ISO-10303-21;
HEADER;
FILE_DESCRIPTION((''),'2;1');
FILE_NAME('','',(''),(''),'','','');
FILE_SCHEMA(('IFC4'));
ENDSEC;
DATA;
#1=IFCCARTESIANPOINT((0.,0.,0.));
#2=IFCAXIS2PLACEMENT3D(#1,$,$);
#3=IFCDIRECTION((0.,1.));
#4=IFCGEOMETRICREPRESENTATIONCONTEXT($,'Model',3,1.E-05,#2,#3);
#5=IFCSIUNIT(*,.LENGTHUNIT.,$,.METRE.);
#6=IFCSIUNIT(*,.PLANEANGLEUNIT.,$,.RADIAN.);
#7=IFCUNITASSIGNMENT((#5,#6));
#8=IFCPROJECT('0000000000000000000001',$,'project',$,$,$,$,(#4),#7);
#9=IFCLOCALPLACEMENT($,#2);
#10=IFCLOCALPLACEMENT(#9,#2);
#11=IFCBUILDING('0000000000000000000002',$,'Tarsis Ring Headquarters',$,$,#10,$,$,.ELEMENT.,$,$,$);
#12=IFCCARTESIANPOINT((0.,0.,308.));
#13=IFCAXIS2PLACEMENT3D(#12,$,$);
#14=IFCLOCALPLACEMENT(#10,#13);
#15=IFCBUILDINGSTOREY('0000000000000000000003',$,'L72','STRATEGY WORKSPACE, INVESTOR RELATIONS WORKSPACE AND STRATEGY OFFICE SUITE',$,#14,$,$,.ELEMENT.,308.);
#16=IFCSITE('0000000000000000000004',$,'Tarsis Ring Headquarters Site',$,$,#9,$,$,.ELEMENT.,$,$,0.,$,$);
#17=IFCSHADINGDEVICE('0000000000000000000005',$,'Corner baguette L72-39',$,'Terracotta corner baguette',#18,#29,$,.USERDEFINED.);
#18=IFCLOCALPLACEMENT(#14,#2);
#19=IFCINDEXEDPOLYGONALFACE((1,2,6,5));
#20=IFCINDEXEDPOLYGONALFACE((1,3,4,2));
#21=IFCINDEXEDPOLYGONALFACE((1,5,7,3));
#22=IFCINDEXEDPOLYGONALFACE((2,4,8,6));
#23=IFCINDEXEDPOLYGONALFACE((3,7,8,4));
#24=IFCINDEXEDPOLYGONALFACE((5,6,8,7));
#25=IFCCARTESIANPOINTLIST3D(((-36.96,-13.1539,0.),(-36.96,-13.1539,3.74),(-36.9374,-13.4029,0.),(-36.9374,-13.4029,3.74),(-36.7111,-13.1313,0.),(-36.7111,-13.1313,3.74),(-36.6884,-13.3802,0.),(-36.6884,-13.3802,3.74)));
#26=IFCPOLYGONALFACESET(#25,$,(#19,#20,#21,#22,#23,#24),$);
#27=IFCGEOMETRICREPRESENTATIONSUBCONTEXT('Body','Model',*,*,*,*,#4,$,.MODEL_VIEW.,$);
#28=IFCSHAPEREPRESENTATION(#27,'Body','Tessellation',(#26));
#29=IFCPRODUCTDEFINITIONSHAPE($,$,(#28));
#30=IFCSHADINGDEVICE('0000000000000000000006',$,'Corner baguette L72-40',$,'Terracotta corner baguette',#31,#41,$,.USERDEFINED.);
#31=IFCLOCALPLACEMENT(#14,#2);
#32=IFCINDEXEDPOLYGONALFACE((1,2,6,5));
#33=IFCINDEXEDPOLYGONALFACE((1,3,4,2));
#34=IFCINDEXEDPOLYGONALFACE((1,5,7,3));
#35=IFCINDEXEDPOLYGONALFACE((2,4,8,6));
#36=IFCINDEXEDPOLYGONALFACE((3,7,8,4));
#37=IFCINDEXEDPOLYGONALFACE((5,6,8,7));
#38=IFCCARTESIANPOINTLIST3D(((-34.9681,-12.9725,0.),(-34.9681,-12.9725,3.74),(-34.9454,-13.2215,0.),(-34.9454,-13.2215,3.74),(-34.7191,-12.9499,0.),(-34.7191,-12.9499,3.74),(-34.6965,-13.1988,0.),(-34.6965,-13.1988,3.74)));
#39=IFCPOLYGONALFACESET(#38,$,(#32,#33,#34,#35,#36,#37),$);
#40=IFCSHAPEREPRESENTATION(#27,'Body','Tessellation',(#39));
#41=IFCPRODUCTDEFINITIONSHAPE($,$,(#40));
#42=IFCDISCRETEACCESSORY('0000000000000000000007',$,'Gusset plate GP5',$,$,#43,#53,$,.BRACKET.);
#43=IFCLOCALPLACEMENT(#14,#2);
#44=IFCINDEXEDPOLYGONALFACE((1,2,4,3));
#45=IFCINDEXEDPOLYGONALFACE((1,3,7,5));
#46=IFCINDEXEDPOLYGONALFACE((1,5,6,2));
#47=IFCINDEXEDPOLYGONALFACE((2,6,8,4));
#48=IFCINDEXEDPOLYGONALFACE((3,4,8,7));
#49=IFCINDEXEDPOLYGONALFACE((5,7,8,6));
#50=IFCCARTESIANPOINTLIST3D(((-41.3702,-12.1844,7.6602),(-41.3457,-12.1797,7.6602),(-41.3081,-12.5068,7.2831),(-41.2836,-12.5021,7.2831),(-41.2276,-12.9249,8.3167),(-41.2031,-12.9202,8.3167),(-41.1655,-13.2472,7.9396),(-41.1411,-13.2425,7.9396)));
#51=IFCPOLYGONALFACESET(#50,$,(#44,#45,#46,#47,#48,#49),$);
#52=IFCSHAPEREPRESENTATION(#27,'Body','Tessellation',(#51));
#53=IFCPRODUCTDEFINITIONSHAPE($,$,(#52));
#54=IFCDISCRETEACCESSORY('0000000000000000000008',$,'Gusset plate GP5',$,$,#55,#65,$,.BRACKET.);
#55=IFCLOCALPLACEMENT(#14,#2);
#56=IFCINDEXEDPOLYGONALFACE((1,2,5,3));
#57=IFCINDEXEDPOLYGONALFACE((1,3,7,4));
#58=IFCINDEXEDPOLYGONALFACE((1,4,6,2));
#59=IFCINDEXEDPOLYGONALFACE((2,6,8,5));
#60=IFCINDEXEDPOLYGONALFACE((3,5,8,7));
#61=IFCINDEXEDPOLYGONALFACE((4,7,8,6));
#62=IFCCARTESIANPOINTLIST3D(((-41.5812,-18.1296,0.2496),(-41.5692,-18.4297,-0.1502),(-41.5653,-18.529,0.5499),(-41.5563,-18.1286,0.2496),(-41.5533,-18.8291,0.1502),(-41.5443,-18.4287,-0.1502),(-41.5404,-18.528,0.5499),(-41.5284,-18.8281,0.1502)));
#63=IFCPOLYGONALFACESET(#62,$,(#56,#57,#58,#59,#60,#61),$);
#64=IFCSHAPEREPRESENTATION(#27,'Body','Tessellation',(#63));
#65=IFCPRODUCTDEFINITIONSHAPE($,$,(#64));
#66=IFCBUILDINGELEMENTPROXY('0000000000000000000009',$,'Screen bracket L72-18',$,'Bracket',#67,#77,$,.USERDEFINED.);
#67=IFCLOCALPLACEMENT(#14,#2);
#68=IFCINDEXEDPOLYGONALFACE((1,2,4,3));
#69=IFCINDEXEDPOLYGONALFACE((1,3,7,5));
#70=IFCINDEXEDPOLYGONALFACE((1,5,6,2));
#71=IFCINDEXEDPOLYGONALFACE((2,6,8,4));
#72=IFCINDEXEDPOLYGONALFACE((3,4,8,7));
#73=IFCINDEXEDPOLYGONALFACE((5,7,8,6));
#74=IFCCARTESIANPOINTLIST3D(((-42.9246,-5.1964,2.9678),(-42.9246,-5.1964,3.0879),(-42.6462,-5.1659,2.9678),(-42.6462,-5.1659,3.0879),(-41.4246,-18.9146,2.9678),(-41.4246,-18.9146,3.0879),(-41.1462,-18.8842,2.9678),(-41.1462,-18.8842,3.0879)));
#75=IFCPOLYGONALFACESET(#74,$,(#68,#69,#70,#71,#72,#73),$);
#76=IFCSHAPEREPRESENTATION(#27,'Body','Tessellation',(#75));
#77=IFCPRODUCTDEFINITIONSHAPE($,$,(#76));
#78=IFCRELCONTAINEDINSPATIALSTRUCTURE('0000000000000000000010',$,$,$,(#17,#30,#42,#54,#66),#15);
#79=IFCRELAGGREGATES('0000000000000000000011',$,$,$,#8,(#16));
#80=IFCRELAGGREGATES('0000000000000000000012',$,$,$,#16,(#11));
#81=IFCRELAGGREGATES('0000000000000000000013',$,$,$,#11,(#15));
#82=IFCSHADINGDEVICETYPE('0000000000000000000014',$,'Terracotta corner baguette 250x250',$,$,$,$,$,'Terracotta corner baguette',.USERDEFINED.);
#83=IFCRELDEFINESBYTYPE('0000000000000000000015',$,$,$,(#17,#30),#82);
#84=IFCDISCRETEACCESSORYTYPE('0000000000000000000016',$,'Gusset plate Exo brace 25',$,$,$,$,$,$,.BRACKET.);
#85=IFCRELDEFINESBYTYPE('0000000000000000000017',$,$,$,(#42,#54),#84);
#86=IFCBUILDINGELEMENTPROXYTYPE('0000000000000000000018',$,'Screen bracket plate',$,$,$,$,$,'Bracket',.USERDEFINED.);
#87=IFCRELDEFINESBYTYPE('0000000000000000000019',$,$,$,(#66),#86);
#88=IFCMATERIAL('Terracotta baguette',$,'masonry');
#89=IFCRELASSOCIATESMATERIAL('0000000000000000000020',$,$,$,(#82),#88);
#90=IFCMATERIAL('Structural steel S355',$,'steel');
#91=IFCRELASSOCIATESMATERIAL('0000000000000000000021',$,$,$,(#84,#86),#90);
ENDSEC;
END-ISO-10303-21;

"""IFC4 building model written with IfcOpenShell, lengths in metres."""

from ifc_helpers import new_model, si_unit, direction, frame, origin, origin_2d, place, context, subcontext, project, spatial, rectangle, extrude, material, material_profile, profile_set, type_object, element, save


model = new_model("IFC4")

# Units and contexts
model_context = context("Model", 3, precision=1e-05, world=origin(), true_north=direction((0.0, 1.0)))
body_context = subcontext(model_context, "Body", "Model", "MODEL_VIEW")
ifc_project = project(units=[si_unit("LENGTHUNIT", "METRE"), si_unit("PLANEANGLEUNIT", "RADIAN")], contexts=[model_context])

# Site, building, storey
site_placement = place(None, origin())
site = spatial("IfcSite", under=ifc_project, at=site_placement, Name="Tarsis Ring Headquarters Site", CompositionType="ELEMENT", RefElevation=0.0)
building_placement = place(site_placement, origin())
building = spatial("IfcBuilding", under=site, at=building_placement, Name="Tarsis Ring Headquarters", CompositionType="ELEMENT")
storey_placement = place(building_placement, frame((0.0, 0.0, 308.0)))
storey = spatial("IfcBuildingStorey", under=building, at=storey_placement, Name="L72", Description="STRATEGY WORKSPACE, INVESTOR RELATIONS WORKSPACE AND STRATEGY OFFICE SUITE", CompositionType="ELEMENT", Elevation=308.0)

# Shared definitions
ifc_material_1 = material(Name="Structural steel S355", Category="steel")

# Shading devices
ifc_material_2 = material(Name="Terracotta baguette", Category="masonry")
shading_device_type_1 = type_object("IfcShadingDeviceType", Name="Terracotta corner baguette 250x250", ElementType="Terracotta corner baguette", PredefinedType="USERDEFINED", material=ifc_material_2)
for number, where, z_axis, x_axis, name in (
    (1, (-36.8242, -13.2671, 0.0), (0.0, 0.0, 1.0), (0.090632, -0.995884, 0.0), "Corner baguette L72-39"),
    (2, (-34.8323, -13.0857, 0.0), (0.0, 0.0, 1.0), (0.995884, 0.090632, 0.0), "Corner baguette L72-40"),
):
    element("IfcShadingDevice", number, at=place(storey_placement, frame(where, z_axis=z_axis, x_axis=x_axis)), inside=storey, type_object=shading_device_type_1, Name=name, ObjectType="Terracotta corner baguette", PredefinedType="USERDEFINED", context=body_context, shape_type="SweptSolid", body=[
        extrude(rectangle(XDim=0.25, YDim=0.25, at=origin_2d()), origin(), (0.0, 0.0, 1.0), 3.74),
    ])

# Discrete accessories
ifc_material_profile_1 = material_profile(ifc_material_1, rectangle(XDim=0.0249, YDim=0.5, at=origin_2d()), Name="PL 25x500")
ifc_profile_set_1 = profile_set([ifc_material_profile_1], Name="Structural steel S355")
discrete_accessory_type = type_object("IfcDiscreteAccessoryType", Name="Gusset plate Exo brace 25", PredefinedType="BRACKET", material=ifc_profile_set_1)
discrete_accessory_1_placement = place(storey_placement, frame((-41.3269, -12.3433, 7.4717), z_axis=(0.142605, -0.740619, 0.656618), x_axis=(0.981963, 0.189076, 0.0)))
element("IfcDiscreteAccessory", 3, at=discrete_accessory_1_placement, inside=storey, type_object=discrete_accessory_type, Name="Gusset plate GP5", PredefinedType="BRACKET", context=body_context, shape_type="SweptSolid", body=[
    extrude(rectangle(XDim=0.0249, YDim=0.5, at=origin_2d()), origin(), (0.0, 0.0, 1.0), 0.9998),
])
discrete_accessory_2_placement = place(storey_placement, frame((-41.5488, -18.6289, 0.0), z_axis=(-0.023931, 0.600219, 0.799478), x_axis=(-0.999206, -0.039838, 0.0)))
element("IfcDiscreteAccessory", 4, at=discrete_accessory_2_placement, inside=storey, type_object=discrete_accessory_type, Name="Gusset plate GP5", PredefinedType="BRACKET", context=body_context, shape_type="SweptSolid", body=[
    extrude(rectangle(XDim=0.0249, YDim=0.5, at=origin_2d()), origin(), (0.0, 0.0, 1.0), 0.5),
])

# Building element proxy
building_element_proxy_type = type_object("IfcBuildingElementProxyType", Name="Screen bracket plate", ElementType="Bracket", PredefinedType="USERDEFINED", material=ifc_material_1)
proxy_placement = place(storey_placement, frame((-42.0354, -12.0403, 2.9678), z_axis=(0.0, 0.0, 1.0), x_axis=(0.108693, -0.994075, 0.0)))
element("IfcBuildingElementProxy", 5, at=proxy_placement, inside=storey, type_object=building_element_proxy_type, Name="Screen bracket L72-18", ObjectType="Bracket", PredefinedType="USERDEFINED", context=body_context, shape_type="SweptSolid", body=[
    extrude(rectangle(XDim=13.8, YDim=0.28, at=origin_2d()), origin(), (0.0, 0.0, 1.0), 0.1201),
])

save(model, "model.ifc")
